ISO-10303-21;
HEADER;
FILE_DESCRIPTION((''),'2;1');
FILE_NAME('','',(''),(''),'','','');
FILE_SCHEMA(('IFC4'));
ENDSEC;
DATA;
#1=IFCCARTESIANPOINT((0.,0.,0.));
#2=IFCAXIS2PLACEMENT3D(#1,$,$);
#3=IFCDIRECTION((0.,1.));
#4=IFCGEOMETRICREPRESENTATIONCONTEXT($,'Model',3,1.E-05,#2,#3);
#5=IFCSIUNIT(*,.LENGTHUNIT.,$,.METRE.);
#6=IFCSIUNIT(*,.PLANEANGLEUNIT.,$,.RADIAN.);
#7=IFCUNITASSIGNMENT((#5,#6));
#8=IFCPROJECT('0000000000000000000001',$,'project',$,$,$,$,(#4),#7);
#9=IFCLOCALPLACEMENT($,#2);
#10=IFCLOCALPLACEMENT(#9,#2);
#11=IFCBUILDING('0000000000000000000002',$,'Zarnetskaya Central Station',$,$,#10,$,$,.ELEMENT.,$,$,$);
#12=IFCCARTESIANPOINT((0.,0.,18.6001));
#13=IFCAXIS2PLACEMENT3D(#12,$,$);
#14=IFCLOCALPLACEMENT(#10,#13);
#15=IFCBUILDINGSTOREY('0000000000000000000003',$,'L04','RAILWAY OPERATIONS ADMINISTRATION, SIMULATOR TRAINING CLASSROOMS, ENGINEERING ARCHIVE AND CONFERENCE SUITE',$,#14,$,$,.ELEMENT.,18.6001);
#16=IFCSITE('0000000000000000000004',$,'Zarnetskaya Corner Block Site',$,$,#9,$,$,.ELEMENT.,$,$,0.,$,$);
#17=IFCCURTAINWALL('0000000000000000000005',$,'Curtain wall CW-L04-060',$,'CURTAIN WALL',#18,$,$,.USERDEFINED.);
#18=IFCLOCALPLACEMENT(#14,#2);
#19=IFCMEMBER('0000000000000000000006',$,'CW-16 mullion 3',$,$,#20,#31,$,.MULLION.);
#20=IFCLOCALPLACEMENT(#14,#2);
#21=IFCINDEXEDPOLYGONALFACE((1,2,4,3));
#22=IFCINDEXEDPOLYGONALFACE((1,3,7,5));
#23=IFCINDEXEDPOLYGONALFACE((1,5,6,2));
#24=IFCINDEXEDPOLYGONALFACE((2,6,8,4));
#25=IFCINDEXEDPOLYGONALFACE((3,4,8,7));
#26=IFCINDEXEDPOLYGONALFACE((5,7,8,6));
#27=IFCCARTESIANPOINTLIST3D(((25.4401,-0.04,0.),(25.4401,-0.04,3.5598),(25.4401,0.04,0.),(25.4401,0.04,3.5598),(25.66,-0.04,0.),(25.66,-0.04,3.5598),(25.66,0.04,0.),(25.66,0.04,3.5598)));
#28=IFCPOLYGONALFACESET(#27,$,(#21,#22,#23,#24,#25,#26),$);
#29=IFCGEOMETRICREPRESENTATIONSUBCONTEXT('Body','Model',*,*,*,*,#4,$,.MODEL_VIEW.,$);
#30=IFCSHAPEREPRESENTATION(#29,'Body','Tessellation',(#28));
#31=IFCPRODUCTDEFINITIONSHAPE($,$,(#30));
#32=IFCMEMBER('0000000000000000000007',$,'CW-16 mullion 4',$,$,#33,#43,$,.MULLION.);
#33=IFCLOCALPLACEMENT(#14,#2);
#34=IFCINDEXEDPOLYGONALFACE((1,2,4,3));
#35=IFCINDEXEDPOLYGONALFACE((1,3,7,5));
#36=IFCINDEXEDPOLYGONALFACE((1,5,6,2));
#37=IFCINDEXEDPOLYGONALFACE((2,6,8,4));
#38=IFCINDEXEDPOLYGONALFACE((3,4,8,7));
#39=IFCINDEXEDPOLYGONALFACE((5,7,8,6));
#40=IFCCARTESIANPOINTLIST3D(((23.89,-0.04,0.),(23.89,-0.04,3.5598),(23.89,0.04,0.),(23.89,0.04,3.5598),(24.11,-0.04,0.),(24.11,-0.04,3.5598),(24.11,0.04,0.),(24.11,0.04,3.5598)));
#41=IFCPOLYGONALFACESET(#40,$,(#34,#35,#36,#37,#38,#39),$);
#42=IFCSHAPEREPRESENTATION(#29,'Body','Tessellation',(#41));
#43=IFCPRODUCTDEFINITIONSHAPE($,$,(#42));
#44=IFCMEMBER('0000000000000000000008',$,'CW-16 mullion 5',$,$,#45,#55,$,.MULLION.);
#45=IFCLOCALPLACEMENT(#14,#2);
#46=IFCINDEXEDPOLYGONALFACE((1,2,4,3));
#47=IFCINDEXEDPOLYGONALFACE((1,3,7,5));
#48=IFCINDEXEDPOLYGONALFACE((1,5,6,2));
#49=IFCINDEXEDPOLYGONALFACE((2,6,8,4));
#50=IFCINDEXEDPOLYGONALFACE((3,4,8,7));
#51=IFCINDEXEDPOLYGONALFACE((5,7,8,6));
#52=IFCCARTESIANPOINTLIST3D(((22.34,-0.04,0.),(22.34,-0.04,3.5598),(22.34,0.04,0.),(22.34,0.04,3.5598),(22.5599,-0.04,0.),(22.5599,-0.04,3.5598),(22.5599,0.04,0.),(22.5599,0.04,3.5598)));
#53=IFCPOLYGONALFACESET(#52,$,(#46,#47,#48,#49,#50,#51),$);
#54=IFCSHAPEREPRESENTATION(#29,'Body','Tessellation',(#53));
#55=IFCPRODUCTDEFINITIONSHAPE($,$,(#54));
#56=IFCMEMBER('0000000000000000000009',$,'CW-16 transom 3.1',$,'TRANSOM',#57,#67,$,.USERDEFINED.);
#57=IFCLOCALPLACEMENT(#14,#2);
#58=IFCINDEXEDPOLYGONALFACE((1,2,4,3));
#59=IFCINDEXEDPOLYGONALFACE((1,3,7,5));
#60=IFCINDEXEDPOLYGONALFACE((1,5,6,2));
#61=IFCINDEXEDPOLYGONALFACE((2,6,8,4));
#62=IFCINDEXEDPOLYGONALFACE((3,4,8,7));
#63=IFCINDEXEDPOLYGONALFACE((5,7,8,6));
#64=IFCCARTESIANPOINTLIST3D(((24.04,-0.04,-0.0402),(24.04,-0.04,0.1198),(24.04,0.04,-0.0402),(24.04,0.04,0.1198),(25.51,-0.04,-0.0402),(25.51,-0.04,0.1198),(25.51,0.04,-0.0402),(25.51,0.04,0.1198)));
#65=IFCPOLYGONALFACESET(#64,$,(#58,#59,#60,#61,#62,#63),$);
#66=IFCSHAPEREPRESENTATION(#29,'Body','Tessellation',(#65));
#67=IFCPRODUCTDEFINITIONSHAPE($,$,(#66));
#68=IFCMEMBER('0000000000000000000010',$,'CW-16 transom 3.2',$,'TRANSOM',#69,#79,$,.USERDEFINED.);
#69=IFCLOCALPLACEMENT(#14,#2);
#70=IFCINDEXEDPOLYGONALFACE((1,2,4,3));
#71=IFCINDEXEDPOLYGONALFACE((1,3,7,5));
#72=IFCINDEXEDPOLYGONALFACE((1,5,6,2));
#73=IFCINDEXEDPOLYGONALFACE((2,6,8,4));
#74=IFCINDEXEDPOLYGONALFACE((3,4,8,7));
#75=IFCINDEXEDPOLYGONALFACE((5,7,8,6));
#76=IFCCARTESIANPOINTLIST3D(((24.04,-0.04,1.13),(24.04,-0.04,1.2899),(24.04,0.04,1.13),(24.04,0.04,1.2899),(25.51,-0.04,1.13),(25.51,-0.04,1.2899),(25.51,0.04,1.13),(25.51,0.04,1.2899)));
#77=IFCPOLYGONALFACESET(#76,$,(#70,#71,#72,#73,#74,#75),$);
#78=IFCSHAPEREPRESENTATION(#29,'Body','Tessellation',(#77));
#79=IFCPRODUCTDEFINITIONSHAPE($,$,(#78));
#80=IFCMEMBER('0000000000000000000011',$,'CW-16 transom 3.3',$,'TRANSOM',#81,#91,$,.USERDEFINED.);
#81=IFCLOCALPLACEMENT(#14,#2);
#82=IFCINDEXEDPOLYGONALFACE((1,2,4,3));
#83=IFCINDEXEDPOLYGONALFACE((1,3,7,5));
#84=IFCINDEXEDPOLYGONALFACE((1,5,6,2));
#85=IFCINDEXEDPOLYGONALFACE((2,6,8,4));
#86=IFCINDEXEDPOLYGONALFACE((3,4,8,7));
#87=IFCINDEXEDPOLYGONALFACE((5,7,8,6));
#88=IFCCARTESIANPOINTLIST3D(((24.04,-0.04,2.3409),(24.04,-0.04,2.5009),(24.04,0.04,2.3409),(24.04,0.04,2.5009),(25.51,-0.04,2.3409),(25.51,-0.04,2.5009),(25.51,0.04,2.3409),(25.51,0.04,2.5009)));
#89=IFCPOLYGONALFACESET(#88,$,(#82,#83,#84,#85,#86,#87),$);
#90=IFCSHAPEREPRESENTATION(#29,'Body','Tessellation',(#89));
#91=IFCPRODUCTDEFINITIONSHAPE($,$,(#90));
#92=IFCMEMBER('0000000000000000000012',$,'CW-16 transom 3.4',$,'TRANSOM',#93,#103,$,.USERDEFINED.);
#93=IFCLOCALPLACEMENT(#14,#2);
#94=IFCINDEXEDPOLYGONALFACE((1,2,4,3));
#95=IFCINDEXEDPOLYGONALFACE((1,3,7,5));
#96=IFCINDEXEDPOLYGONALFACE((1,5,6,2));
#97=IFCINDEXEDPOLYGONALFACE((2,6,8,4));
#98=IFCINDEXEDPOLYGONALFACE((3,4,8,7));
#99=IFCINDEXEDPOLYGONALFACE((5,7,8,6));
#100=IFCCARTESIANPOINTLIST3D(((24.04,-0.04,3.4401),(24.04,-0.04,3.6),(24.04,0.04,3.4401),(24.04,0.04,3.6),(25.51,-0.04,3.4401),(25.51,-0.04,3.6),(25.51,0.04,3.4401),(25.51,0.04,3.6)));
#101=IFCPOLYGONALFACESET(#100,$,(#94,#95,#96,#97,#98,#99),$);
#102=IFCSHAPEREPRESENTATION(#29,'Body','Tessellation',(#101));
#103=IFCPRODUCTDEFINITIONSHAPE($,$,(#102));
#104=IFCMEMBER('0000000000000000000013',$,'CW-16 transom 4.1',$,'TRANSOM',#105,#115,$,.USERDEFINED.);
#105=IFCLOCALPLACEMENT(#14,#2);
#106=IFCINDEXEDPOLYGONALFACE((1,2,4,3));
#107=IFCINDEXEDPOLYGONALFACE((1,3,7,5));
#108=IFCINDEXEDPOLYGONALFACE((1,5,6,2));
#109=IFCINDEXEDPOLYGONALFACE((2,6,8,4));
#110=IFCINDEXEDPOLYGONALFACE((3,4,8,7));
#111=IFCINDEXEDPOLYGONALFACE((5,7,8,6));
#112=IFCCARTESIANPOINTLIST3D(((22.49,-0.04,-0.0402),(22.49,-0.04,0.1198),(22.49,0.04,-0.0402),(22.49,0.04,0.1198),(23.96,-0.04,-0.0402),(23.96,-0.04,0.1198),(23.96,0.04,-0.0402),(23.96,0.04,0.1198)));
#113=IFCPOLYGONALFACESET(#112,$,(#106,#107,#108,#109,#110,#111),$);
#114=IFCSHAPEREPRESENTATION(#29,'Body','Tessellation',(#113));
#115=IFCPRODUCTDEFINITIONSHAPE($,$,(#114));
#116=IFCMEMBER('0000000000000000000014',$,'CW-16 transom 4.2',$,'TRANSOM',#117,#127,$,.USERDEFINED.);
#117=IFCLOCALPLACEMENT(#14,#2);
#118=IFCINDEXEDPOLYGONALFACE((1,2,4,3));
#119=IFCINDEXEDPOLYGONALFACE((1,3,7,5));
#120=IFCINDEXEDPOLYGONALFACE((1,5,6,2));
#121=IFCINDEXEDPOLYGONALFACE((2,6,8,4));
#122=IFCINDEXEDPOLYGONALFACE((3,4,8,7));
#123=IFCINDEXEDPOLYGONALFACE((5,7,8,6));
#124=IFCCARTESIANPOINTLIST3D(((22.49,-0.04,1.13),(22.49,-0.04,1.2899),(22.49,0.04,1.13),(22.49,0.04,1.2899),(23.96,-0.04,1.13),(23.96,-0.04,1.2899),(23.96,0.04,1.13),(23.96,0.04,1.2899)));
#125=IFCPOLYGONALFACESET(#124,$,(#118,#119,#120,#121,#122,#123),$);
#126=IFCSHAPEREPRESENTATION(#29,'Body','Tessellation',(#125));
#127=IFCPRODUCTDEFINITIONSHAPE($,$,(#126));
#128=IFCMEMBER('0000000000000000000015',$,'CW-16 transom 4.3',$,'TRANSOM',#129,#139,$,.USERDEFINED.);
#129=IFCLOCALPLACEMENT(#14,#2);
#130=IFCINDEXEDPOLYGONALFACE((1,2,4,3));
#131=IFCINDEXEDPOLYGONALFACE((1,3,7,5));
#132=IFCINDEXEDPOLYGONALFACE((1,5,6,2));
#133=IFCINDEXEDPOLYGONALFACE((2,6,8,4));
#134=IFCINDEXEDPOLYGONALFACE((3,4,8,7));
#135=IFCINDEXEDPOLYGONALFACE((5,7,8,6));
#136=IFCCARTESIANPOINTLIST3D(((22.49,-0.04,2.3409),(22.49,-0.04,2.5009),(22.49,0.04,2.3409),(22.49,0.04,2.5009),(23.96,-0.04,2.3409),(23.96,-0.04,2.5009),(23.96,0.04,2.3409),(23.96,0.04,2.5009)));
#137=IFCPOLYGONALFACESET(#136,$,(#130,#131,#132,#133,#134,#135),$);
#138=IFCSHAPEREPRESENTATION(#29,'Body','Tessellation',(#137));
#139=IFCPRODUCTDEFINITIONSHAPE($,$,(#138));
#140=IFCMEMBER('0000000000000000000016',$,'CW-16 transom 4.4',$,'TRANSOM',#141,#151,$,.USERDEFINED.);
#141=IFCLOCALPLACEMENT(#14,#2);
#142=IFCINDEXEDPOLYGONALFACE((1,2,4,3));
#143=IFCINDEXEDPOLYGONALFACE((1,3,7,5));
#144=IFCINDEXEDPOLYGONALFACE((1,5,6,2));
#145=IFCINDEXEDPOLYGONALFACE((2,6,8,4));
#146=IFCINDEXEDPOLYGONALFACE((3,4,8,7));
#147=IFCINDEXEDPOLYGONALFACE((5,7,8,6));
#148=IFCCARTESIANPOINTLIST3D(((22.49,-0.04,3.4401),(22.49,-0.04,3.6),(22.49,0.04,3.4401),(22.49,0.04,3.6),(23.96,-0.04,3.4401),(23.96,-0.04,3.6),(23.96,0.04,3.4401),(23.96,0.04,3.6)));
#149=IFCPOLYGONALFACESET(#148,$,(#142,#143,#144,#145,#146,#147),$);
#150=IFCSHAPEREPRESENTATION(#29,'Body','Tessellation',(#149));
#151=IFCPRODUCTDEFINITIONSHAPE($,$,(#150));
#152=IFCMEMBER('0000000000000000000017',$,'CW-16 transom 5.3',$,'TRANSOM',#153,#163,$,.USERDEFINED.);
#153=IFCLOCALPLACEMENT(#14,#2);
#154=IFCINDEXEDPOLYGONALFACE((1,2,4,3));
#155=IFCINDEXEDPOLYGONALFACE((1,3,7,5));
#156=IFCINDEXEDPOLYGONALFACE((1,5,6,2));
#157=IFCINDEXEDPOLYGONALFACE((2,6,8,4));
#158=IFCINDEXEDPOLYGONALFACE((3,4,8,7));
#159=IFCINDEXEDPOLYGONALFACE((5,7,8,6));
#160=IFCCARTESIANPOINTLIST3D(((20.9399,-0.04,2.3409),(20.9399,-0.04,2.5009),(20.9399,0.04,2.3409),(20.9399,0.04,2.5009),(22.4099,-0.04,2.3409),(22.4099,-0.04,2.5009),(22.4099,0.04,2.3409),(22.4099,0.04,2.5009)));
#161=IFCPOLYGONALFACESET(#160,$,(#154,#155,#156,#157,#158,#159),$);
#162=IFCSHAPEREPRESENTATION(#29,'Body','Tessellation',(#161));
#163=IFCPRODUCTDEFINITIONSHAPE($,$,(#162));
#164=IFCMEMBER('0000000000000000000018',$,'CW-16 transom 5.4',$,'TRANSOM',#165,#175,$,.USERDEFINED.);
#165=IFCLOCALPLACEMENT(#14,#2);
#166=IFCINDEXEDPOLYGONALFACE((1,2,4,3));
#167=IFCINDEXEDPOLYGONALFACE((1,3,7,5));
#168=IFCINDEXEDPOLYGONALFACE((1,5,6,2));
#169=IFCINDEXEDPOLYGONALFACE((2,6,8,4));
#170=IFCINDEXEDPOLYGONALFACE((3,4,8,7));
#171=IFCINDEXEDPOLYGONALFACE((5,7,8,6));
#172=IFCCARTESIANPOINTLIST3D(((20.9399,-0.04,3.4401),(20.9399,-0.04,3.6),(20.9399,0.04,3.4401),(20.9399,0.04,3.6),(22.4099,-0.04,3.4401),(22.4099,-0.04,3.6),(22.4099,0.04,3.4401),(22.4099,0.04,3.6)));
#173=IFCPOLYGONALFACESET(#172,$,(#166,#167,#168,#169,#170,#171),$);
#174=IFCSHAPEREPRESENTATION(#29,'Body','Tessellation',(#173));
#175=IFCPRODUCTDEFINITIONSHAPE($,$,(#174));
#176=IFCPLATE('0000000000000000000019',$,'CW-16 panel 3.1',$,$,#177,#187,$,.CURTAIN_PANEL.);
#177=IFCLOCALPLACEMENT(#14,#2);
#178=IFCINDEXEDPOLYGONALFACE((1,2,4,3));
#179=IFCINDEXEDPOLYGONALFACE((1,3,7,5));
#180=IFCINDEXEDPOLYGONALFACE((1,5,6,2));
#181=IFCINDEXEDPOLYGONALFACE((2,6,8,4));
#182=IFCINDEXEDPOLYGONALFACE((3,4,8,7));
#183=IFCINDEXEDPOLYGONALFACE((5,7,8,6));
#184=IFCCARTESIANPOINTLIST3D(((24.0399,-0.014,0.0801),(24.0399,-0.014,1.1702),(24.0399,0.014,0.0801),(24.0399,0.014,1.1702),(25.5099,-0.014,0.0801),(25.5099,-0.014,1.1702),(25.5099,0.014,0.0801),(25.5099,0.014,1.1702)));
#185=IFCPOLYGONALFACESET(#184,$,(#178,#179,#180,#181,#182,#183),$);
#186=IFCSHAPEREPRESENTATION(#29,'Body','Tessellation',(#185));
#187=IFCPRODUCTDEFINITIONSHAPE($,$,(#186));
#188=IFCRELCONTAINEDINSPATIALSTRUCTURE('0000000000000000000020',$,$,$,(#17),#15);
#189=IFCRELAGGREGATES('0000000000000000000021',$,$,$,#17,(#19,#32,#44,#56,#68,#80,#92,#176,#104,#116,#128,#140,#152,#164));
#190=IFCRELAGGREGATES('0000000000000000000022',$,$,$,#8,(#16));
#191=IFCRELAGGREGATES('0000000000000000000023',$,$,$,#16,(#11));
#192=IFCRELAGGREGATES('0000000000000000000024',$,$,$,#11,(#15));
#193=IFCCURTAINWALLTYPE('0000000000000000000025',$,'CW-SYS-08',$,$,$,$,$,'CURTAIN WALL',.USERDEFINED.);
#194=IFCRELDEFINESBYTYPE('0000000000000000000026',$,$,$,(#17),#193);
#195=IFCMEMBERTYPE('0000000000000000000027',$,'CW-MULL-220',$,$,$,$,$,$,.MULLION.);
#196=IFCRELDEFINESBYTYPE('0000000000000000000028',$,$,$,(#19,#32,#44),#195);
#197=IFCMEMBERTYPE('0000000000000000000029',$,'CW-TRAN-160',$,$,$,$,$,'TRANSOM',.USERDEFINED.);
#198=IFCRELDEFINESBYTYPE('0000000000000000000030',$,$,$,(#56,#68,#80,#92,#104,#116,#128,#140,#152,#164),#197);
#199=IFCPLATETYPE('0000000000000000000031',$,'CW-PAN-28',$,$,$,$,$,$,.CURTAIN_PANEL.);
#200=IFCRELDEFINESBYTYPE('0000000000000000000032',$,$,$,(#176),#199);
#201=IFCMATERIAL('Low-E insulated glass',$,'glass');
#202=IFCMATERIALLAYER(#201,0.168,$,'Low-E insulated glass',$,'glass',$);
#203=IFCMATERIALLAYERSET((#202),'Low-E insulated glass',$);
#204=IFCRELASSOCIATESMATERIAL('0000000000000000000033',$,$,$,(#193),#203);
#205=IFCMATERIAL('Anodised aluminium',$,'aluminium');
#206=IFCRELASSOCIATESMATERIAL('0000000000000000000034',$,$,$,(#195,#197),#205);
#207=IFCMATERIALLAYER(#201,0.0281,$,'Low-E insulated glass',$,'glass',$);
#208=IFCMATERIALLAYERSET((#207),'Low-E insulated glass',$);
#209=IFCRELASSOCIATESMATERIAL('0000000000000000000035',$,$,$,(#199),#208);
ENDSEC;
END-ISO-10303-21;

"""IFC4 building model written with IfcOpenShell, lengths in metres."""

from ifc_helpers import new_model, si_unit, direction, frame, origin, origin_2d, place, context, subcontext, project, spatial, rectangle, extrude, material, layer, layer_set, material_profile, profile_set, type_object, element, aggregate, save


model = new_model("IFC4")

# Units and contexts
model_context = context("Model", 3, precision=1e-05, world=origin(), true_north=direction((0.0, 1.0)))
body_context = subcontext(model_context, "Body", "Model", "MODEL_VIEW")
ifc_project = project(units=[si_unit("LENGTHUNIT", "METRE"), si_unit("PLANEANGLEUNIT", "RADIAN")], contexts=[model_context])

# Site, building, storey
site_placement = place(None, origin())
site = spatial("IfcSite", under=ifc_project, at=site_placement, Name="Zarnetskaya Corner Block Site", CompositionType="ELEMENT", RefElevation=0.0)
building_placement = place(site_placement, origin())
building = spatial("IfcBuilding", under=site, at=building_placement, Name="Zarnetskaya Central Station", CompositionType="ELEMENT")
storey_placement = place(building_placement, frame((0.0, 0.0, 18.6001)))
storey = spatial("IfcBuildingStorey", under=building, at=storey_placement, Name="L04", Description="RAILWAY OPERATIONS ADMINISTRATION, SIMULATOR TRAINING CLASSROOMS, ENGINEERING ARCHIVE AND CONFERENCE SUITE", CompositionType="ELEMENT", Elevation=18.6001)

# Curtain wall, members, plate
ifc_material_1 = material(Name="Low-E insulated glass", Category="glass")
ifc_layer_1 = layer(ifc_material_1, 0.168, Name="Low-E insulated glass", Category="glass")
ifc_layer_set_1 = layer_set([ifc_layer_1], Name="Low-E insulated glass")
curtain_wall_type = type_object("IfcCurtainWallType", Name="CW-SYS-08", ElementType="CURTAIN WALL", PredefinedType="USERDEFINED", material=ifc_layer_set_1)
curtain_wall_placement = place(storey_placement, origin())
curtain_wall = element("IfcCurtainWall", 1, at=curtain_wall_placement, inside=storey, type_object=curtain_wall_type, Name="Curtain wall CW-L04-060", ObjectType="CURTAIN WALL", PredefinedType="USERDEFINED")
ifc_material_2 = material(Name="Anodised aluminium", Category="aluminium")
ifc_material_profile_1 = material_profile(ifc_material_2, rectangle(XDim=0.0801, YDim=0.22, at=origin_2d()), Name="ALU MULL 80x220")
ifc_profile_set_1 = profile_set([ifc_material_profile_1], Name="Anodised aluminium")
member_type_1 = type_object("IfcMemberType", Name="CW-MULL-220", PredefinedType="MULLION", material=ifc_profile_set_1)
member_1_placement = place(storey_placement, frame((25.55, 0.0, 0.0), z_axis=(0.0, 0.0, 1.0), x_axis=(0.0, -1.0, 0.0)))
member_1 = element("IfcMember", 2, at=member_1_placement, type_object=member_type_1, Name="CW-16 mullion 3", PredefinedType="MULLION", context=body_context, shape_type="SweptSolid", body=[
    extrude(rectangle(XDim=0.0801, YDim=0.22, at=origin_2d()), origin(), (0.0, 0.0, 1.0), 3.5598),
])
member_2_placement = place(storey_placement, frame((24.0, 0.0, 0.0), z_axis=(0.0, 0.0, 1.0), x_axis=(0.0, -1.0, 0.0)))
member_2 = element("IfcMember", 3, at=member_2_placement, type_object=member_type_1, Name="CW-16 mullion 4", PredefinedType="MULLION", context=body_context, shape_type="SweptSolid", body=[
    extrude(rectangle(XDim=0.0801, YDim=0.22, at=origin_2d()), origin(), (0.0, 0.0, 1.0), 3.5598),
])
member_3_placement = place(storey_placement, frame((22.45, 0.0, 0.0), z_axis=(0.0, 0.0, 1.0), x_axis=(0.0, -1.0, 0.0)))
member_3 = element("IfcMember", 4, at=member_3_placement, type_object=member_type_1, Name="CW-16 mullion 5", PredefinedType="MULLION", context=body_context, shape_type="SweptSolid", body=[
    extrude(rectangle(XDim=0.0801, YDim=0.22, at=origin_2d()), origin(), (0.0, 0.0, 1.0), 3.5598),
])
ifc_material_profile_2 = material_profile(ifc_material_2, rectangle(XDim=0.0801, YDim=0.1599, at=origin_2d()), Name="ALU TRAN 80x160")
ifc_profile_set_2 = profile_set([ifc_material_profile_2], Name="Anodised aluminium")
member_type_2 = type_object("IfcMemberType", Name="CW-TRAN-160", ElementType="TRANSOM", PredefinedType="USERDEFINED", material=ifc_profile_set_2)
member_4_placement = place(storey_placement, frame((25.51, 0.0, 0.0398), z_axis=(-1.0, 0.0, 0.0), x_axis=(0.0, -1.0, 0.0)))
member_4 = element("IfcMember", 5, at=member_4_placement, type_object=member_type_2, Name="CW-16 transom 3.1", ObjectType="TRANSOM", PredefinedType="USERDEFINED", context=body_context, shape_type="SweptSolid", body=[
    extrude(rectangle(XDim=0.0801, YDim=0.1599, at=origin_2d()), origin(), (0.0, 0.0, 1.0), 1.47),
])
member_5_placement = place(storey_placement, frame((25.51, 0.0, 1.21), z_axis=(-1.0, 0.0, 0.0), x_axis=(0.0, -1.0, 0.0)))
member_5 = element("IfcMember", 6, at=member_5_placement, type_object=member_type_2, Name="CW-16 transom 3.2", ObjectType="TRANSOM", PredefinedType="USERDEFINED", context=body_context, shape_type="SweptSolid", body=[
    extrude(rectangle(XDim=0.0801, YDim=0.1599, at=origin_2d()), origin(), (0.0, 0.0, 1.0), 1.47),
])
member_6_placement = place(storey_placement, frame((25.51, 0.0, 2.4209), z_axis=(-1.0, 0.0, 0.0), x_axis=(0.0, -1.0, 0.0)))
member_6 = element("IfcMember", 7, at=member_6_placement, type_object=member_type_2, Name="CW-16 transom 3.3", ObjectType="TRANSOM", PredefinedType="USERDEFINED", context=body_context, shape_type="SweptSolid", body=[
    extrude(rectangle(XDim=0.0801, YDim=0.1599, at=origin_2d()), origin(), (0.0, 0.0, 1.0), 1.47),
])
member_7_placement = place(storey_placement, frame((25.51, 0.0, 3.52), z_axis=(-1.0, 0.0, 0.0), x_axis=(0.0, -1.0, 0.0)))
member_7 = element("IfcMember", 8, at=member_7_placement, type_object=member_type_2, Name="CW-16 transom 3.4", ObjectType="TRANSOM", PredefinedType="USERDEFINED", context=body_context, shape_type="SweptSolid", body=[
    extrude(rectangle(XDim=0.0801, YDim=0.1599, at=origin_2d()), origin(), (0.0, 0.0, 1.0), 1.47),
])
member_8_placement = place(storey_placement, frame((23.96, 0.0, 0.0398), z_axis=(-1.0, 0.0, 0.0), x_axis=(0.0, -1.0, 0.0)))
member_8 = element("IfcMember", 9, at=member_8_placement, type_object=member_type_2, Name="CW-16 transom 4.1", ObjectType="TRANSOM", PredefinedType="USERDEFINED", context=body_context, shape_type="SweptSolid", body=[
    extrude(rectangle(XDim=0.0801, YDim=0.1599, at=origin_2d()), origin(), (0.0, 0.0, 1.0), 1.47),
])
member_9_placement = place(storey_placement, frame((23.96, 0.0, 1.21), z_axis=(-1.0, 0.0, 0.0), x_axis=(0.0, -1.0, 0.0)))
member_9 = element("IfcMember", 10, at=member_9_placement, type_object=member_type_2, Name="CW-16 transom 4.2", ObjectType="TRANSOM", PredefinedType="USERDEFINED", context=body_context, shape_type="SweptSolid", body=[
    extrude(rectangle(XDim=0.0801, YDim=0.1599, at=origin_2d()), origin(), (0.0, 0.0, 1.0), 1.47),
])
member_10_placement = place(storey_placement, frame((23.96, 0.0, 2.4209), z_axis=(-1.0, 0.0, 0.0), x_axis=(0.0, -1.0, 0.0)))
member_10 = element("IfcMember", 11, at=member_10_placement, type_object=member_type_2, Name="CW-16 transom 4.3", ObjectType="TRANSOM", PredefinedType="USERDEFINED", context=body_context, shape_type="SweptSolid", body=[
    extrude(rectangle(XDim=0.0801, YDim=0.1599, at=origin_2d()), origin(), (0.0, 0.0, 1.0), 1.47),
])
member_11_placement = place(storey_placement, frame((23.96, 0.0, 3.52), z_axis=(-1.0, 0.0, 0.0), x_axis=(0.0, -1.0, 0.0)))
member_11 = element("IfcMember", 12, at=member_11_placement, type_object=member_type_2, Name="CW-16 transom 4.4", ObjectType="TRANSOM", PredefinedType="USERDEFINED", context=body_context, shape_type="SweptSolid", body=[
    extrude(rectangle(XDim=0.0801, YDim=0.1599, at=origin_2d()), origin(), (0.0, 0.0, 1.0), 1.47),
])
member_12_placement = place(storey_placement, frame((22.4099, 0.0, 2.4209), z_axis=(-1.0, 0.0, 0.0), x_axis=(0.0, -1.0, 0.0)))
member_12 = element("IfcMember", 13, at=member_12_placement, type_object=member_type_2, Name="CW-16 transom 5.3", ObjectType="TRANSOM", PredefinedType="USERDEFINED", context=body_context, shape_type="SweptSolid", body=[
    extrude(rectangle(XDim=0.0801, YDim=0.1599, at=origin_2d()), origin(), (0.0, 0.0, 1.0), 1.47),
])
member_13_placement = place(storey_placement, frame((22.4099, 0.0, 3.52), z_axis=(-1.0, 0.0, 0.0), x_axis=(0.0, -1.0, 0.0)))
member_13 = element("IfcMember", 14, at=member_13_placement, type_object=member_type_2, Name="CW-16 transom 5.4", ObjectType="TRANSOM", PredefinedType="USERDEFINED", context=body_context, shape_type="SweptSolid", body=[
    extrude(rectangle(XDim=0.0801, YDim=0.1599, at=origin_2d()), origin(), (0.0, 0.0, 1.0), 1.47),
])
ifc_layer_2 = layer(ifc_material_1, 0.0281, Name="Low-E insulated glass", Category="glass")
ifc_layer_set_2 = layer_set([ifc_layer_2], Name="Low-E insulated glass")
plate_type = type_object("IfcPlateType", Name="CW-PAN-28", PredefinedType="CURTAIN_PANEL", material=ifc_layer_set_2)
plate_1_placement = place(storey_placement, frame((24.7749, 0.0, 0.0801), z_axis=(0.0, 0.0, 1.0), x_axis=(-1.0, 0.0, 0.0)))
plate_1 = element("IfcPlate", 15, at=plate_1_placement, type_object=plate_type, Name="CW-16 panel 3.1", PredefinedType="CURTAIN_PANEL", context=body_context, shape_type="SweptSolid", body=[
    extrude(rectangle(XDim=1.47, YDim=0.0281, at=origin_2d()), origin(), (0.0, 0.0, 1.0), 1.0901),
])
aggregate(curtain_wall, [member_1, member_2, member_3, member_4, member_5, member_6, member_7, plate_1, member_8, member_9, member_10, member_11, member_12, member_13])

save(model, "model.ifc")
